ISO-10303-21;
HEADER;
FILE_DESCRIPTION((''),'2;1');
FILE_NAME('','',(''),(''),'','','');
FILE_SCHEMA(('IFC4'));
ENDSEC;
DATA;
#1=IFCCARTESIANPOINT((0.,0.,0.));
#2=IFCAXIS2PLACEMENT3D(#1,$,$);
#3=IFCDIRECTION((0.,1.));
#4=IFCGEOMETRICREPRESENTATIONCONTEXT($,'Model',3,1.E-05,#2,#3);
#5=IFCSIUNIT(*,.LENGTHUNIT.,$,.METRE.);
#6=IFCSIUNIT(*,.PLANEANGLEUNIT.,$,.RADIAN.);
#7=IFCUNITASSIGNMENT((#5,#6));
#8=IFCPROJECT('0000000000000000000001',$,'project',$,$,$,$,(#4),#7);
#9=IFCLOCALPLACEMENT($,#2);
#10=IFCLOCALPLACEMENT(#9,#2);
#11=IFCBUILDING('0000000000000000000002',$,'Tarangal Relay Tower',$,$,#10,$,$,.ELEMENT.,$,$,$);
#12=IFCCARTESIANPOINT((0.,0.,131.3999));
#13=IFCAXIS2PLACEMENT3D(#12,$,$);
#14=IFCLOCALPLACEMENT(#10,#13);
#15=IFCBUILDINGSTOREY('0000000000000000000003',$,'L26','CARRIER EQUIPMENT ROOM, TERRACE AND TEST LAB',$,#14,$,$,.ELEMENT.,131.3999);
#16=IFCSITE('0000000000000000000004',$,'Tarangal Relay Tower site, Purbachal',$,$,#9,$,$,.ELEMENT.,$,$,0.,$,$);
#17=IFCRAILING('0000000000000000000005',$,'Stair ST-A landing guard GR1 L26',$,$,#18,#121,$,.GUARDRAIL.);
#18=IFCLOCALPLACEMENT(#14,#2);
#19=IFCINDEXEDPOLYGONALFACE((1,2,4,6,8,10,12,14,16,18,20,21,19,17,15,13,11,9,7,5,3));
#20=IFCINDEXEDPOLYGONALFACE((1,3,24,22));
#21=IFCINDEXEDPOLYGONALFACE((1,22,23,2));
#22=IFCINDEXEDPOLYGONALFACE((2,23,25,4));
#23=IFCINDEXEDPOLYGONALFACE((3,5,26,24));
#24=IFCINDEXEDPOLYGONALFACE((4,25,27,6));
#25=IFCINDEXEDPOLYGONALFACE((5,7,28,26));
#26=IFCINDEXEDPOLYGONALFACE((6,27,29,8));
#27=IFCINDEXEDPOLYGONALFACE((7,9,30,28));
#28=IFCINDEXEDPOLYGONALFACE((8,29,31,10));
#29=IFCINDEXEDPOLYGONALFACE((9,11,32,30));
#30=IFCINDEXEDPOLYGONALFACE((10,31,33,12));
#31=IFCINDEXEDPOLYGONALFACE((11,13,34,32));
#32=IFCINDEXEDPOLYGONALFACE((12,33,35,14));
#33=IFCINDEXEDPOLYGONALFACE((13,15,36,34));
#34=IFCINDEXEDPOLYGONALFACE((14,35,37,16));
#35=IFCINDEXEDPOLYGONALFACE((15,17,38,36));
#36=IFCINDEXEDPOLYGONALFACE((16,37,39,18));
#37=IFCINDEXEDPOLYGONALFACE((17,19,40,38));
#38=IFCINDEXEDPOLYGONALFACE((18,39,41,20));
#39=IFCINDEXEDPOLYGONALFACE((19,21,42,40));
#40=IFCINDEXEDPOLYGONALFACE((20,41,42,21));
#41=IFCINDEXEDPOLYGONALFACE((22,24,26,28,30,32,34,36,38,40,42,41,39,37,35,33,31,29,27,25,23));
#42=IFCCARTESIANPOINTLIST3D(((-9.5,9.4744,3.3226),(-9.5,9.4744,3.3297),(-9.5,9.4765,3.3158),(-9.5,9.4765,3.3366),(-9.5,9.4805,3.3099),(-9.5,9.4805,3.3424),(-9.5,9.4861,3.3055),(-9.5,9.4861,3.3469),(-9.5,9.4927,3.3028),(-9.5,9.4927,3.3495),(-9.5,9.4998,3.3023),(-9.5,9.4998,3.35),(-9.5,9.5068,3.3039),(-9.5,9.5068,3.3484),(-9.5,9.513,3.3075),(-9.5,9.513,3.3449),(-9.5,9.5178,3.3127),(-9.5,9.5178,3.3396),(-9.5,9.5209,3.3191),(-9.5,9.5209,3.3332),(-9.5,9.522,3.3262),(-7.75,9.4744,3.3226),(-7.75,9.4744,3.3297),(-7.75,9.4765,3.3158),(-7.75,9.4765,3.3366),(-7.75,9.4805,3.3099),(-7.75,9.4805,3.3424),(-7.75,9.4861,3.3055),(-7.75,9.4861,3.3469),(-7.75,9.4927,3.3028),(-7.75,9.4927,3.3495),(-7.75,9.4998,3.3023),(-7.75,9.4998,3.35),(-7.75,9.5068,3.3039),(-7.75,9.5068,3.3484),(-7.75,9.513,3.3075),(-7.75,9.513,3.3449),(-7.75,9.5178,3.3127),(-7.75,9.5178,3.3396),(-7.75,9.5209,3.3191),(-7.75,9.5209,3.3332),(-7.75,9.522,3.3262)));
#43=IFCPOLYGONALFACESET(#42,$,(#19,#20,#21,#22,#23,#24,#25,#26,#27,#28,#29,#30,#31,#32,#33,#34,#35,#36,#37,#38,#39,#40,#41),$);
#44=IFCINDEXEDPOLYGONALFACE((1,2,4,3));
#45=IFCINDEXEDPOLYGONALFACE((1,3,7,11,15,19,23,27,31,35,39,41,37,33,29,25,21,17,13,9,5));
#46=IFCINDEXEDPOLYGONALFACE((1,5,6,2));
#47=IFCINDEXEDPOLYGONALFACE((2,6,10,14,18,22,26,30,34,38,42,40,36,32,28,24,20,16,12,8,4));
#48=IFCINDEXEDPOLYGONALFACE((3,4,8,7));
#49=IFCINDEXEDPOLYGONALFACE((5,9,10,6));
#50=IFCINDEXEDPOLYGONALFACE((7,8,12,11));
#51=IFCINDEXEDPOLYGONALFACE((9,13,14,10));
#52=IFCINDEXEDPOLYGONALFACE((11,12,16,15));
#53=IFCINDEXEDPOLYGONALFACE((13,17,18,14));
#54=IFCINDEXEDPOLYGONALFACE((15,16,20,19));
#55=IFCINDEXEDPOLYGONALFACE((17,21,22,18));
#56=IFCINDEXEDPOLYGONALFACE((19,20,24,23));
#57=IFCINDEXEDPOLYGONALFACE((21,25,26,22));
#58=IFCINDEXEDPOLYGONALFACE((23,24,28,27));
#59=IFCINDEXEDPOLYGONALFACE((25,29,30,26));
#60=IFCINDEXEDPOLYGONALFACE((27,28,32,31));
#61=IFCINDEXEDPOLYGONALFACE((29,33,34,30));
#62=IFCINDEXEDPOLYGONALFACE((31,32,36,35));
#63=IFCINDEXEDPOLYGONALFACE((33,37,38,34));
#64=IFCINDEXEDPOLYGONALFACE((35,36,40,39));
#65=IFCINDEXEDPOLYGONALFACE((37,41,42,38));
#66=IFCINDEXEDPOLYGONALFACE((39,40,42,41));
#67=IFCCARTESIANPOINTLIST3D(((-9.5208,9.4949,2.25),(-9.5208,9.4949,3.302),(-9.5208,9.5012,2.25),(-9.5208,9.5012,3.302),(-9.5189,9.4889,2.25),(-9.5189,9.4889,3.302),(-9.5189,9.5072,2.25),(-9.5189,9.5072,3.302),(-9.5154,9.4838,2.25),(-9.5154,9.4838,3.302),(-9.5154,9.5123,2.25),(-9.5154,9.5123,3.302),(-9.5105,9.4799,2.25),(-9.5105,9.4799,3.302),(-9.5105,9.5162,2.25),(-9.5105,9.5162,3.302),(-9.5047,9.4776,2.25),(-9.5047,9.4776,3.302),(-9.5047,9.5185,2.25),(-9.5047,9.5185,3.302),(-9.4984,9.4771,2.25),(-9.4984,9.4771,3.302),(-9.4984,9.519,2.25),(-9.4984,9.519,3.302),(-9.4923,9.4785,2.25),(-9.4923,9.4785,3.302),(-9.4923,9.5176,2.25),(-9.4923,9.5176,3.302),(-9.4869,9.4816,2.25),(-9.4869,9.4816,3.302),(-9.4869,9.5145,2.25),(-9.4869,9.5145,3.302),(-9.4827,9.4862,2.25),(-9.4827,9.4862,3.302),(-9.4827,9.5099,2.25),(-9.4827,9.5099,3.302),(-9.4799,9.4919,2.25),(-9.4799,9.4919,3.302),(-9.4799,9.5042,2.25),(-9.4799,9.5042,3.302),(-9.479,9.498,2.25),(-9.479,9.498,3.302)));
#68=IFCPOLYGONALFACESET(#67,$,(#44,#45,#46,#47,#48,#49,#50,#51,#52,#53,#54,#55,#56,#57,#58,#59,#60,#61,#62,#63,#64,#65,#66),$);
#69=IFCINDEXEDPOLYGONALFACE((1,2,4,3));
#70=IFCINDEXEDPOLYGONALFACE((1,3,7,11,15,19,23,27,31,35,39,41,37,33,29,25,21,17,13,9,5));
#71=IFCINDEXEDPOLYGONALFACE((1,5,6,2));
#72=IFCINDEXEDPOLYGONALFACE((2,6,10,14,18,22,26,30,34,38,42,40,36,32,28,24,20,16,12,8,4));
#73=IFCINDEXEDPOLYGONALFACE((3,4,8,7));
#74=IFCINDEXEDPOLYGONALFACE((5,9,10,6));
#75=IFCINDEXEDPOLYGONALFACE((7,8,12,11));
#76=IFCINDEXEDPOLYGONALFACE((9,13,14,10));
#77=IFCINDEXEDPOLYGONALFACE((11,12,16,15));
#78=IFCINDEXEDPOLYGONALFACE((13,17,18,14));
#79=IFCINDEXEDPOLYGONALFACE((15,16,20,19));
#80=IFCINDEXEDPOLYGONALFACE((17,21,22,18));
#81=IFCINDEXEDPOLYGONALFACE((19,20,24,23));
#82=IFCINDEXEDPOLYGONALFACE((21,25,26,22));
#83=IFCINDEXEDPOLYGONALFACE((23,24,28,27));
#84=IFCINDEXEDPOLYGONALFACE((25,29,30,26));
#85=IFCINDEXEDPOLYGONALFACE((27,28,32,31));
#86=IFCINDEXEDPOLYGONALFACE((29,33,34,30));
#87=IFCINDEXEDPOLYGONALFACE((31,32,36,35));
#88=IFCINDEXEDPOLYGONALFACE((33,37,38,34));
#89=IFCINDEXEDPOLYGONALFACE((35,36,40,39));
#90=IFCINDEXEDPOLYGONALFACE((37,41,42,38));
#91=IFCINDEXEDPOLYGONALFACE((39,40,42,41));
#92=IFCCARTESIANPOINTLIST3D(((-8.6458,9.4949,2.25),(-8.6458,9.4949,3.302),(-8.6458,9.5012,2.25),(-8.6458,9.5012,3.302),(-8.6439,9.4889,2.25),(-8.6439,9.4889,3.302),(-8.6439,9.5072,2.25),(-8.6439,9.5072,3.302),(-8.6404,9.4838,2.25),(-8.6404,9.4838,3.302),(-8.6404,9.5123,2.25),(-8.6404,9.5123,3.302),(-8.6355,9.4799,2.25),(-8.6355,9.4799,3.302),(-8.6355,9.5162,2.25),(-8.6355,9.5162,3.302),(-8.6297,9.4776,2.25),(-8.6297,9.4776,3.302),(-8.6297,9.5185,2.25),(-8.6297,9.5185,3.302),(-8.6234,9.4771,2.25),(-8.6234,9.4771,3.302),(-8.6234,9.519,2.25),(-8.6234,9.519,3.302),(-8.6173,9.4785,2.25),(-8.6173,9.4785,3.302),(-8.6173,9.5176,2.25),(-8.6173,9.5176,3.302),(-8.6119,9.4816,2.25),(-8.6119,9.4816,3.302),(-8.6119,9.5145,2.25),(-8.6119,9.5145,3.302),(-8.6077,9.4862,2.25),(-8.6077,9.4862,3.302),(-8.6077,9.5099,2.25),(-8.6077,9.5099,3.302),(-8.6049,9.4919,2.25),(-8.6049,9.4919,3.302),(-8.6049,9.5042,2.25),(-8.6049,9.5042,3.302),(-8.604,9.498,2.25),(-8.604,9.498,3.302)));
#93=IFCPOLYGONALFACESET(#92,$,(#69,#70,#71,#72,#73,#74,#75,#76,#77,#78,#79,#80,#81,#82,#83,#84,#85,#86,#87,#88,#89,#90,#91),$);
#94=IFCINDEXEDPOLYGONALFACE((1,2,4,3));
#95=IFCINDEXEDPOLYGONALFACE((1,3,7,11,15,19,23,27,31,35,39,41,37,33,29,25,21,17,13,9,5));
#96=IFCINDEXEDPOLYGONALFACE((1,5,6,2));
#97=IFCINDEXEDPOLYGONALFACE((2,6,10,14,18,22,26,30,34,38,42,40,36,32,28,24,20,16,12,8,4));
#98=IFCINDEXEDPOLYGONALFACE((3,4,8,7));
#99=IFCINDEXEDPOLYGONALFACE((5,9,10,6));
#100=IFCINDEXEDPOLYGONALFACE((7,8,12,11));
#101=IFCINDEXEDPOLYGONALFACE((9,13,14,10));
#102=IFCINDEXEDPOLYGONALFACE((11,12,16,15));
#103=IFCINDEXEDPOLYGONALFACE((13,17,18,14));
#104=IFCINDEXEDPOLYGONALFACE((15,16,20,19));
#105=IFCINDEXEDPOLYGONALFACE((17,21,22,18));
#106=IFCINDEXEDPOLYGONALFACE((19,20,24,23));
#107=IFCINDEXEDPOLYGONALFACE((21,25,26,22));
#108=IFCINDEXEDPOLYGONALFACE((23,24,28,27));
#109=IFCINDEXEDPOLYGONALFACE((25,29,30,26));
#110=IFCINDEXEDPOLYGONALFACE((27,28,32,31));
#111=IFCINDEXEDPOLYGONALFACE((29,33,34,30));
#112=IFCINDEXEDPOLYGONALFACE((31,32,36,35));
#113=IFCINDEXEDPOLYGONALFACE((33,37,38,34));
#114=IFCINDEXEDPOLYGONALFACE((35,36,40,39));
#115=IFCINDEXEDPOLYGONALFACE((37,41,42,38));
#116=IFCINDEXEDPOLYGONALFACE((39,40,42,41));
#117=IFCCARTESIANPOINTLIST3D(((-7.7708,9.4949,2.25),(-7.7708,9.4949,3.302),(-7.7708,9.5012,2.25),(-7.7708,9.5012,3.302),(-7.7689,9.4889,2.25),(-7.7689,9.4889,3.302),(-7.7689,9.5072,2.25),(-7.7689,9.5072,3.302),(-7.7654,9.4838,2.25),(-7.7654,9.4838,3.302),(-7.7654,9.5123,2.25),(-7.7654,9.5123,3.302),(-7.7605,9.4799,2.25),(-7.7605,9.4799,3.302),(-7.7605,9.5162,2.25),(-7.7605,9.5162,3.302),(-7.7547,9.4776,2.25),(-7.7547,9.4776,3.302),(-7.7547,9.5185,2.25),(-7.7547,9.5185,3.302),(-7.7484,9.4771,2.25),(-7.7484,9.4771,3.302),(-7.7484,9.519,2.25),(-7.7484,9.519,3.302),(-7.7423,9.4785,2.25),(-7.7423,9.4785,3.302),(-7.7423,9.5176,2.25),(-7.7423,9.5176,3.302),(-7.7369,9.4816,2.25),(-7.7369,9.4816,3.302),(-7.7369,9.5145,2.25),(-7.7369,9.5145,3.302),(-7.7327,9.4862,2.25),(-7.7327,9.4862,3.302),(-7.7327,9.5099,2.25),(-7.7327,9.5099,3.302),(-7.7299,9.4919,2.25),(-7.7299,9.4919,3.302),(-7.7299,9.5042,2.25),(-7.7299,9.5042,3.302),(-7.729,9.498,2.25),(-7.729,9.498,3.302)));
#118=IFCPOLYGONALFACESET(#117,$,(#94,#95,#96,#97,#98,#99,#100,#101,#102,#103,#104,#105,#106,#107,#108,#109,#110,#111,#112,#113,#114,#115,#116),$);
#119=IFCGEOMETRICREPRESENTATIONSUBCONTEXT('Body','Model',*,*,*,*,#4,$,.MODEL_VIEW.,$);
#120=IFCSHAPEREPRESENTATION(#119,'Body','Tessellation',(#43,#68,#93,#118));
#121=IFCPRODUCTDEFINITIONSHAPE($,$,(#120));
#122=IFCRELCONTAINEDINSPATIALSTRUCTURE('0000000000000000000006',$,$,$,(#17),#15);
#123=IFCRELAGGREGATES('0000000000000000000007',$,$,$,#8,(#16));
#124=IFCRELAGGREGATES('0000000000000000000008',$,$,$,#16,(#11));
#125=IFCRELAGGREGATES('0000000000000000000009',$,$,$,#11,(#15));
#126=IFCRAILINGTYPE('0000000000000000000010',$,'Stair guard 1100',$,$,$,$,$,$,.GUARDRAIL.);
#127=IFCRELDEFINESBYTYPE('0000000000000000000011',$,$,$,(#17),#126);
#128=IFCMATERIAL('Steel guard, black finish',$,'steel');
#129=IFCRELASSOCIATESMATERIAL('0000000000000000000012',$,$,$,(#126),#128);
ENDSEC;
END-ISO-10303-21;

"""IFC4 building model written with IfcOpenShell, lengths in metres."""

from ifc_helpers import new_model, si_unit, direction, frame, origin, origin_2d, place, context, subcontext, project, spatial, circle, extrude, material, type_object, element, save


model = new_model("IFC4")

# Units and contexts
model_context = context("Model", 3, precision=1e-05, world=origin(), true_north=direction((0.0, 1.0)))
body_context = subcontext(model_context, "Body", "Model", "MODEL_VIEW")
ifc_project = project(units=[si_unit("LENGTHUNIT", "METRE"), si_unit("PLANEANGLEUNIT", "RADIAN")], contexts=[model_context])

# Site, building, storey
site_placement = place(None, origin())
site = spatial("IfcSite", under=ifc_project, at=site_placement, Name="Tarangal Relay Tower site, Purbachal", CompositionType="ELEMENT", RefElevation=0.0)
building_placement = place(site_placement, origin())
building = spatial("IfcBuilding", under=site, at=building_placement, Name="Tarangal Relay Tower", CompositionType="ELEMENT")
storey_placement = place(building_placement, frame((0.0, 0.0, 131.3999)))
storey = spatial("IfcBuildingStorey", under=building, at=storey_placement, Name="L26", Description="CARRIER EQUIPMENT ROOM, TERRACE AND TEST LAB", CompositionType="ELEMENT", Elevation=131.3999)

# Railing
ifc_material_1 = material(Name="Steel guard, black finish", Category="steel")
railing_type_1 = type_object("IfcRailingType", Name="Stair guard 1100", PredefinedType="GUARDRAIL", material=ifc_material_1)
railing_1_placement = place(storey_placement, frame((-9.5, 9.498, 2.25)))
element("IfcRailing", 1, at=railing_1_placement, inside=storey, type_object=railing_type_1, Name="Stair ST-A landing guard GR1 L26", PredefinedType="GUARDRAIL", context=body_context, shape_type="SweptSolid", body=[
    extrude(circle(Radius=0.0239, at=origin_2d()), frame((0.0, 0.0, 1.0762), z_axis=(1.0, 0.0, 0.0), x_axis=(0.0, 1.0, 0.0)), (0.0, 0.0, 1.0), 1.75),
    extrude(circle(Radius=0.021, at=origin_2d()), origin(), (0.0, 0.0, 1.0), 1.052),
    extrude(circle(Radius=0.021, at=origin_2d()), frame((0.875, 0.0, 0.0)), (0.0, 0.0, 1.0), 1.052),
    extrude(circle(Radius=0.021, at=origin_2d()), frame((1.75, 0.0, 0.0)), (0.0, 0.0, 1.0), 1.052),
])

save(model, "model.ifc")
